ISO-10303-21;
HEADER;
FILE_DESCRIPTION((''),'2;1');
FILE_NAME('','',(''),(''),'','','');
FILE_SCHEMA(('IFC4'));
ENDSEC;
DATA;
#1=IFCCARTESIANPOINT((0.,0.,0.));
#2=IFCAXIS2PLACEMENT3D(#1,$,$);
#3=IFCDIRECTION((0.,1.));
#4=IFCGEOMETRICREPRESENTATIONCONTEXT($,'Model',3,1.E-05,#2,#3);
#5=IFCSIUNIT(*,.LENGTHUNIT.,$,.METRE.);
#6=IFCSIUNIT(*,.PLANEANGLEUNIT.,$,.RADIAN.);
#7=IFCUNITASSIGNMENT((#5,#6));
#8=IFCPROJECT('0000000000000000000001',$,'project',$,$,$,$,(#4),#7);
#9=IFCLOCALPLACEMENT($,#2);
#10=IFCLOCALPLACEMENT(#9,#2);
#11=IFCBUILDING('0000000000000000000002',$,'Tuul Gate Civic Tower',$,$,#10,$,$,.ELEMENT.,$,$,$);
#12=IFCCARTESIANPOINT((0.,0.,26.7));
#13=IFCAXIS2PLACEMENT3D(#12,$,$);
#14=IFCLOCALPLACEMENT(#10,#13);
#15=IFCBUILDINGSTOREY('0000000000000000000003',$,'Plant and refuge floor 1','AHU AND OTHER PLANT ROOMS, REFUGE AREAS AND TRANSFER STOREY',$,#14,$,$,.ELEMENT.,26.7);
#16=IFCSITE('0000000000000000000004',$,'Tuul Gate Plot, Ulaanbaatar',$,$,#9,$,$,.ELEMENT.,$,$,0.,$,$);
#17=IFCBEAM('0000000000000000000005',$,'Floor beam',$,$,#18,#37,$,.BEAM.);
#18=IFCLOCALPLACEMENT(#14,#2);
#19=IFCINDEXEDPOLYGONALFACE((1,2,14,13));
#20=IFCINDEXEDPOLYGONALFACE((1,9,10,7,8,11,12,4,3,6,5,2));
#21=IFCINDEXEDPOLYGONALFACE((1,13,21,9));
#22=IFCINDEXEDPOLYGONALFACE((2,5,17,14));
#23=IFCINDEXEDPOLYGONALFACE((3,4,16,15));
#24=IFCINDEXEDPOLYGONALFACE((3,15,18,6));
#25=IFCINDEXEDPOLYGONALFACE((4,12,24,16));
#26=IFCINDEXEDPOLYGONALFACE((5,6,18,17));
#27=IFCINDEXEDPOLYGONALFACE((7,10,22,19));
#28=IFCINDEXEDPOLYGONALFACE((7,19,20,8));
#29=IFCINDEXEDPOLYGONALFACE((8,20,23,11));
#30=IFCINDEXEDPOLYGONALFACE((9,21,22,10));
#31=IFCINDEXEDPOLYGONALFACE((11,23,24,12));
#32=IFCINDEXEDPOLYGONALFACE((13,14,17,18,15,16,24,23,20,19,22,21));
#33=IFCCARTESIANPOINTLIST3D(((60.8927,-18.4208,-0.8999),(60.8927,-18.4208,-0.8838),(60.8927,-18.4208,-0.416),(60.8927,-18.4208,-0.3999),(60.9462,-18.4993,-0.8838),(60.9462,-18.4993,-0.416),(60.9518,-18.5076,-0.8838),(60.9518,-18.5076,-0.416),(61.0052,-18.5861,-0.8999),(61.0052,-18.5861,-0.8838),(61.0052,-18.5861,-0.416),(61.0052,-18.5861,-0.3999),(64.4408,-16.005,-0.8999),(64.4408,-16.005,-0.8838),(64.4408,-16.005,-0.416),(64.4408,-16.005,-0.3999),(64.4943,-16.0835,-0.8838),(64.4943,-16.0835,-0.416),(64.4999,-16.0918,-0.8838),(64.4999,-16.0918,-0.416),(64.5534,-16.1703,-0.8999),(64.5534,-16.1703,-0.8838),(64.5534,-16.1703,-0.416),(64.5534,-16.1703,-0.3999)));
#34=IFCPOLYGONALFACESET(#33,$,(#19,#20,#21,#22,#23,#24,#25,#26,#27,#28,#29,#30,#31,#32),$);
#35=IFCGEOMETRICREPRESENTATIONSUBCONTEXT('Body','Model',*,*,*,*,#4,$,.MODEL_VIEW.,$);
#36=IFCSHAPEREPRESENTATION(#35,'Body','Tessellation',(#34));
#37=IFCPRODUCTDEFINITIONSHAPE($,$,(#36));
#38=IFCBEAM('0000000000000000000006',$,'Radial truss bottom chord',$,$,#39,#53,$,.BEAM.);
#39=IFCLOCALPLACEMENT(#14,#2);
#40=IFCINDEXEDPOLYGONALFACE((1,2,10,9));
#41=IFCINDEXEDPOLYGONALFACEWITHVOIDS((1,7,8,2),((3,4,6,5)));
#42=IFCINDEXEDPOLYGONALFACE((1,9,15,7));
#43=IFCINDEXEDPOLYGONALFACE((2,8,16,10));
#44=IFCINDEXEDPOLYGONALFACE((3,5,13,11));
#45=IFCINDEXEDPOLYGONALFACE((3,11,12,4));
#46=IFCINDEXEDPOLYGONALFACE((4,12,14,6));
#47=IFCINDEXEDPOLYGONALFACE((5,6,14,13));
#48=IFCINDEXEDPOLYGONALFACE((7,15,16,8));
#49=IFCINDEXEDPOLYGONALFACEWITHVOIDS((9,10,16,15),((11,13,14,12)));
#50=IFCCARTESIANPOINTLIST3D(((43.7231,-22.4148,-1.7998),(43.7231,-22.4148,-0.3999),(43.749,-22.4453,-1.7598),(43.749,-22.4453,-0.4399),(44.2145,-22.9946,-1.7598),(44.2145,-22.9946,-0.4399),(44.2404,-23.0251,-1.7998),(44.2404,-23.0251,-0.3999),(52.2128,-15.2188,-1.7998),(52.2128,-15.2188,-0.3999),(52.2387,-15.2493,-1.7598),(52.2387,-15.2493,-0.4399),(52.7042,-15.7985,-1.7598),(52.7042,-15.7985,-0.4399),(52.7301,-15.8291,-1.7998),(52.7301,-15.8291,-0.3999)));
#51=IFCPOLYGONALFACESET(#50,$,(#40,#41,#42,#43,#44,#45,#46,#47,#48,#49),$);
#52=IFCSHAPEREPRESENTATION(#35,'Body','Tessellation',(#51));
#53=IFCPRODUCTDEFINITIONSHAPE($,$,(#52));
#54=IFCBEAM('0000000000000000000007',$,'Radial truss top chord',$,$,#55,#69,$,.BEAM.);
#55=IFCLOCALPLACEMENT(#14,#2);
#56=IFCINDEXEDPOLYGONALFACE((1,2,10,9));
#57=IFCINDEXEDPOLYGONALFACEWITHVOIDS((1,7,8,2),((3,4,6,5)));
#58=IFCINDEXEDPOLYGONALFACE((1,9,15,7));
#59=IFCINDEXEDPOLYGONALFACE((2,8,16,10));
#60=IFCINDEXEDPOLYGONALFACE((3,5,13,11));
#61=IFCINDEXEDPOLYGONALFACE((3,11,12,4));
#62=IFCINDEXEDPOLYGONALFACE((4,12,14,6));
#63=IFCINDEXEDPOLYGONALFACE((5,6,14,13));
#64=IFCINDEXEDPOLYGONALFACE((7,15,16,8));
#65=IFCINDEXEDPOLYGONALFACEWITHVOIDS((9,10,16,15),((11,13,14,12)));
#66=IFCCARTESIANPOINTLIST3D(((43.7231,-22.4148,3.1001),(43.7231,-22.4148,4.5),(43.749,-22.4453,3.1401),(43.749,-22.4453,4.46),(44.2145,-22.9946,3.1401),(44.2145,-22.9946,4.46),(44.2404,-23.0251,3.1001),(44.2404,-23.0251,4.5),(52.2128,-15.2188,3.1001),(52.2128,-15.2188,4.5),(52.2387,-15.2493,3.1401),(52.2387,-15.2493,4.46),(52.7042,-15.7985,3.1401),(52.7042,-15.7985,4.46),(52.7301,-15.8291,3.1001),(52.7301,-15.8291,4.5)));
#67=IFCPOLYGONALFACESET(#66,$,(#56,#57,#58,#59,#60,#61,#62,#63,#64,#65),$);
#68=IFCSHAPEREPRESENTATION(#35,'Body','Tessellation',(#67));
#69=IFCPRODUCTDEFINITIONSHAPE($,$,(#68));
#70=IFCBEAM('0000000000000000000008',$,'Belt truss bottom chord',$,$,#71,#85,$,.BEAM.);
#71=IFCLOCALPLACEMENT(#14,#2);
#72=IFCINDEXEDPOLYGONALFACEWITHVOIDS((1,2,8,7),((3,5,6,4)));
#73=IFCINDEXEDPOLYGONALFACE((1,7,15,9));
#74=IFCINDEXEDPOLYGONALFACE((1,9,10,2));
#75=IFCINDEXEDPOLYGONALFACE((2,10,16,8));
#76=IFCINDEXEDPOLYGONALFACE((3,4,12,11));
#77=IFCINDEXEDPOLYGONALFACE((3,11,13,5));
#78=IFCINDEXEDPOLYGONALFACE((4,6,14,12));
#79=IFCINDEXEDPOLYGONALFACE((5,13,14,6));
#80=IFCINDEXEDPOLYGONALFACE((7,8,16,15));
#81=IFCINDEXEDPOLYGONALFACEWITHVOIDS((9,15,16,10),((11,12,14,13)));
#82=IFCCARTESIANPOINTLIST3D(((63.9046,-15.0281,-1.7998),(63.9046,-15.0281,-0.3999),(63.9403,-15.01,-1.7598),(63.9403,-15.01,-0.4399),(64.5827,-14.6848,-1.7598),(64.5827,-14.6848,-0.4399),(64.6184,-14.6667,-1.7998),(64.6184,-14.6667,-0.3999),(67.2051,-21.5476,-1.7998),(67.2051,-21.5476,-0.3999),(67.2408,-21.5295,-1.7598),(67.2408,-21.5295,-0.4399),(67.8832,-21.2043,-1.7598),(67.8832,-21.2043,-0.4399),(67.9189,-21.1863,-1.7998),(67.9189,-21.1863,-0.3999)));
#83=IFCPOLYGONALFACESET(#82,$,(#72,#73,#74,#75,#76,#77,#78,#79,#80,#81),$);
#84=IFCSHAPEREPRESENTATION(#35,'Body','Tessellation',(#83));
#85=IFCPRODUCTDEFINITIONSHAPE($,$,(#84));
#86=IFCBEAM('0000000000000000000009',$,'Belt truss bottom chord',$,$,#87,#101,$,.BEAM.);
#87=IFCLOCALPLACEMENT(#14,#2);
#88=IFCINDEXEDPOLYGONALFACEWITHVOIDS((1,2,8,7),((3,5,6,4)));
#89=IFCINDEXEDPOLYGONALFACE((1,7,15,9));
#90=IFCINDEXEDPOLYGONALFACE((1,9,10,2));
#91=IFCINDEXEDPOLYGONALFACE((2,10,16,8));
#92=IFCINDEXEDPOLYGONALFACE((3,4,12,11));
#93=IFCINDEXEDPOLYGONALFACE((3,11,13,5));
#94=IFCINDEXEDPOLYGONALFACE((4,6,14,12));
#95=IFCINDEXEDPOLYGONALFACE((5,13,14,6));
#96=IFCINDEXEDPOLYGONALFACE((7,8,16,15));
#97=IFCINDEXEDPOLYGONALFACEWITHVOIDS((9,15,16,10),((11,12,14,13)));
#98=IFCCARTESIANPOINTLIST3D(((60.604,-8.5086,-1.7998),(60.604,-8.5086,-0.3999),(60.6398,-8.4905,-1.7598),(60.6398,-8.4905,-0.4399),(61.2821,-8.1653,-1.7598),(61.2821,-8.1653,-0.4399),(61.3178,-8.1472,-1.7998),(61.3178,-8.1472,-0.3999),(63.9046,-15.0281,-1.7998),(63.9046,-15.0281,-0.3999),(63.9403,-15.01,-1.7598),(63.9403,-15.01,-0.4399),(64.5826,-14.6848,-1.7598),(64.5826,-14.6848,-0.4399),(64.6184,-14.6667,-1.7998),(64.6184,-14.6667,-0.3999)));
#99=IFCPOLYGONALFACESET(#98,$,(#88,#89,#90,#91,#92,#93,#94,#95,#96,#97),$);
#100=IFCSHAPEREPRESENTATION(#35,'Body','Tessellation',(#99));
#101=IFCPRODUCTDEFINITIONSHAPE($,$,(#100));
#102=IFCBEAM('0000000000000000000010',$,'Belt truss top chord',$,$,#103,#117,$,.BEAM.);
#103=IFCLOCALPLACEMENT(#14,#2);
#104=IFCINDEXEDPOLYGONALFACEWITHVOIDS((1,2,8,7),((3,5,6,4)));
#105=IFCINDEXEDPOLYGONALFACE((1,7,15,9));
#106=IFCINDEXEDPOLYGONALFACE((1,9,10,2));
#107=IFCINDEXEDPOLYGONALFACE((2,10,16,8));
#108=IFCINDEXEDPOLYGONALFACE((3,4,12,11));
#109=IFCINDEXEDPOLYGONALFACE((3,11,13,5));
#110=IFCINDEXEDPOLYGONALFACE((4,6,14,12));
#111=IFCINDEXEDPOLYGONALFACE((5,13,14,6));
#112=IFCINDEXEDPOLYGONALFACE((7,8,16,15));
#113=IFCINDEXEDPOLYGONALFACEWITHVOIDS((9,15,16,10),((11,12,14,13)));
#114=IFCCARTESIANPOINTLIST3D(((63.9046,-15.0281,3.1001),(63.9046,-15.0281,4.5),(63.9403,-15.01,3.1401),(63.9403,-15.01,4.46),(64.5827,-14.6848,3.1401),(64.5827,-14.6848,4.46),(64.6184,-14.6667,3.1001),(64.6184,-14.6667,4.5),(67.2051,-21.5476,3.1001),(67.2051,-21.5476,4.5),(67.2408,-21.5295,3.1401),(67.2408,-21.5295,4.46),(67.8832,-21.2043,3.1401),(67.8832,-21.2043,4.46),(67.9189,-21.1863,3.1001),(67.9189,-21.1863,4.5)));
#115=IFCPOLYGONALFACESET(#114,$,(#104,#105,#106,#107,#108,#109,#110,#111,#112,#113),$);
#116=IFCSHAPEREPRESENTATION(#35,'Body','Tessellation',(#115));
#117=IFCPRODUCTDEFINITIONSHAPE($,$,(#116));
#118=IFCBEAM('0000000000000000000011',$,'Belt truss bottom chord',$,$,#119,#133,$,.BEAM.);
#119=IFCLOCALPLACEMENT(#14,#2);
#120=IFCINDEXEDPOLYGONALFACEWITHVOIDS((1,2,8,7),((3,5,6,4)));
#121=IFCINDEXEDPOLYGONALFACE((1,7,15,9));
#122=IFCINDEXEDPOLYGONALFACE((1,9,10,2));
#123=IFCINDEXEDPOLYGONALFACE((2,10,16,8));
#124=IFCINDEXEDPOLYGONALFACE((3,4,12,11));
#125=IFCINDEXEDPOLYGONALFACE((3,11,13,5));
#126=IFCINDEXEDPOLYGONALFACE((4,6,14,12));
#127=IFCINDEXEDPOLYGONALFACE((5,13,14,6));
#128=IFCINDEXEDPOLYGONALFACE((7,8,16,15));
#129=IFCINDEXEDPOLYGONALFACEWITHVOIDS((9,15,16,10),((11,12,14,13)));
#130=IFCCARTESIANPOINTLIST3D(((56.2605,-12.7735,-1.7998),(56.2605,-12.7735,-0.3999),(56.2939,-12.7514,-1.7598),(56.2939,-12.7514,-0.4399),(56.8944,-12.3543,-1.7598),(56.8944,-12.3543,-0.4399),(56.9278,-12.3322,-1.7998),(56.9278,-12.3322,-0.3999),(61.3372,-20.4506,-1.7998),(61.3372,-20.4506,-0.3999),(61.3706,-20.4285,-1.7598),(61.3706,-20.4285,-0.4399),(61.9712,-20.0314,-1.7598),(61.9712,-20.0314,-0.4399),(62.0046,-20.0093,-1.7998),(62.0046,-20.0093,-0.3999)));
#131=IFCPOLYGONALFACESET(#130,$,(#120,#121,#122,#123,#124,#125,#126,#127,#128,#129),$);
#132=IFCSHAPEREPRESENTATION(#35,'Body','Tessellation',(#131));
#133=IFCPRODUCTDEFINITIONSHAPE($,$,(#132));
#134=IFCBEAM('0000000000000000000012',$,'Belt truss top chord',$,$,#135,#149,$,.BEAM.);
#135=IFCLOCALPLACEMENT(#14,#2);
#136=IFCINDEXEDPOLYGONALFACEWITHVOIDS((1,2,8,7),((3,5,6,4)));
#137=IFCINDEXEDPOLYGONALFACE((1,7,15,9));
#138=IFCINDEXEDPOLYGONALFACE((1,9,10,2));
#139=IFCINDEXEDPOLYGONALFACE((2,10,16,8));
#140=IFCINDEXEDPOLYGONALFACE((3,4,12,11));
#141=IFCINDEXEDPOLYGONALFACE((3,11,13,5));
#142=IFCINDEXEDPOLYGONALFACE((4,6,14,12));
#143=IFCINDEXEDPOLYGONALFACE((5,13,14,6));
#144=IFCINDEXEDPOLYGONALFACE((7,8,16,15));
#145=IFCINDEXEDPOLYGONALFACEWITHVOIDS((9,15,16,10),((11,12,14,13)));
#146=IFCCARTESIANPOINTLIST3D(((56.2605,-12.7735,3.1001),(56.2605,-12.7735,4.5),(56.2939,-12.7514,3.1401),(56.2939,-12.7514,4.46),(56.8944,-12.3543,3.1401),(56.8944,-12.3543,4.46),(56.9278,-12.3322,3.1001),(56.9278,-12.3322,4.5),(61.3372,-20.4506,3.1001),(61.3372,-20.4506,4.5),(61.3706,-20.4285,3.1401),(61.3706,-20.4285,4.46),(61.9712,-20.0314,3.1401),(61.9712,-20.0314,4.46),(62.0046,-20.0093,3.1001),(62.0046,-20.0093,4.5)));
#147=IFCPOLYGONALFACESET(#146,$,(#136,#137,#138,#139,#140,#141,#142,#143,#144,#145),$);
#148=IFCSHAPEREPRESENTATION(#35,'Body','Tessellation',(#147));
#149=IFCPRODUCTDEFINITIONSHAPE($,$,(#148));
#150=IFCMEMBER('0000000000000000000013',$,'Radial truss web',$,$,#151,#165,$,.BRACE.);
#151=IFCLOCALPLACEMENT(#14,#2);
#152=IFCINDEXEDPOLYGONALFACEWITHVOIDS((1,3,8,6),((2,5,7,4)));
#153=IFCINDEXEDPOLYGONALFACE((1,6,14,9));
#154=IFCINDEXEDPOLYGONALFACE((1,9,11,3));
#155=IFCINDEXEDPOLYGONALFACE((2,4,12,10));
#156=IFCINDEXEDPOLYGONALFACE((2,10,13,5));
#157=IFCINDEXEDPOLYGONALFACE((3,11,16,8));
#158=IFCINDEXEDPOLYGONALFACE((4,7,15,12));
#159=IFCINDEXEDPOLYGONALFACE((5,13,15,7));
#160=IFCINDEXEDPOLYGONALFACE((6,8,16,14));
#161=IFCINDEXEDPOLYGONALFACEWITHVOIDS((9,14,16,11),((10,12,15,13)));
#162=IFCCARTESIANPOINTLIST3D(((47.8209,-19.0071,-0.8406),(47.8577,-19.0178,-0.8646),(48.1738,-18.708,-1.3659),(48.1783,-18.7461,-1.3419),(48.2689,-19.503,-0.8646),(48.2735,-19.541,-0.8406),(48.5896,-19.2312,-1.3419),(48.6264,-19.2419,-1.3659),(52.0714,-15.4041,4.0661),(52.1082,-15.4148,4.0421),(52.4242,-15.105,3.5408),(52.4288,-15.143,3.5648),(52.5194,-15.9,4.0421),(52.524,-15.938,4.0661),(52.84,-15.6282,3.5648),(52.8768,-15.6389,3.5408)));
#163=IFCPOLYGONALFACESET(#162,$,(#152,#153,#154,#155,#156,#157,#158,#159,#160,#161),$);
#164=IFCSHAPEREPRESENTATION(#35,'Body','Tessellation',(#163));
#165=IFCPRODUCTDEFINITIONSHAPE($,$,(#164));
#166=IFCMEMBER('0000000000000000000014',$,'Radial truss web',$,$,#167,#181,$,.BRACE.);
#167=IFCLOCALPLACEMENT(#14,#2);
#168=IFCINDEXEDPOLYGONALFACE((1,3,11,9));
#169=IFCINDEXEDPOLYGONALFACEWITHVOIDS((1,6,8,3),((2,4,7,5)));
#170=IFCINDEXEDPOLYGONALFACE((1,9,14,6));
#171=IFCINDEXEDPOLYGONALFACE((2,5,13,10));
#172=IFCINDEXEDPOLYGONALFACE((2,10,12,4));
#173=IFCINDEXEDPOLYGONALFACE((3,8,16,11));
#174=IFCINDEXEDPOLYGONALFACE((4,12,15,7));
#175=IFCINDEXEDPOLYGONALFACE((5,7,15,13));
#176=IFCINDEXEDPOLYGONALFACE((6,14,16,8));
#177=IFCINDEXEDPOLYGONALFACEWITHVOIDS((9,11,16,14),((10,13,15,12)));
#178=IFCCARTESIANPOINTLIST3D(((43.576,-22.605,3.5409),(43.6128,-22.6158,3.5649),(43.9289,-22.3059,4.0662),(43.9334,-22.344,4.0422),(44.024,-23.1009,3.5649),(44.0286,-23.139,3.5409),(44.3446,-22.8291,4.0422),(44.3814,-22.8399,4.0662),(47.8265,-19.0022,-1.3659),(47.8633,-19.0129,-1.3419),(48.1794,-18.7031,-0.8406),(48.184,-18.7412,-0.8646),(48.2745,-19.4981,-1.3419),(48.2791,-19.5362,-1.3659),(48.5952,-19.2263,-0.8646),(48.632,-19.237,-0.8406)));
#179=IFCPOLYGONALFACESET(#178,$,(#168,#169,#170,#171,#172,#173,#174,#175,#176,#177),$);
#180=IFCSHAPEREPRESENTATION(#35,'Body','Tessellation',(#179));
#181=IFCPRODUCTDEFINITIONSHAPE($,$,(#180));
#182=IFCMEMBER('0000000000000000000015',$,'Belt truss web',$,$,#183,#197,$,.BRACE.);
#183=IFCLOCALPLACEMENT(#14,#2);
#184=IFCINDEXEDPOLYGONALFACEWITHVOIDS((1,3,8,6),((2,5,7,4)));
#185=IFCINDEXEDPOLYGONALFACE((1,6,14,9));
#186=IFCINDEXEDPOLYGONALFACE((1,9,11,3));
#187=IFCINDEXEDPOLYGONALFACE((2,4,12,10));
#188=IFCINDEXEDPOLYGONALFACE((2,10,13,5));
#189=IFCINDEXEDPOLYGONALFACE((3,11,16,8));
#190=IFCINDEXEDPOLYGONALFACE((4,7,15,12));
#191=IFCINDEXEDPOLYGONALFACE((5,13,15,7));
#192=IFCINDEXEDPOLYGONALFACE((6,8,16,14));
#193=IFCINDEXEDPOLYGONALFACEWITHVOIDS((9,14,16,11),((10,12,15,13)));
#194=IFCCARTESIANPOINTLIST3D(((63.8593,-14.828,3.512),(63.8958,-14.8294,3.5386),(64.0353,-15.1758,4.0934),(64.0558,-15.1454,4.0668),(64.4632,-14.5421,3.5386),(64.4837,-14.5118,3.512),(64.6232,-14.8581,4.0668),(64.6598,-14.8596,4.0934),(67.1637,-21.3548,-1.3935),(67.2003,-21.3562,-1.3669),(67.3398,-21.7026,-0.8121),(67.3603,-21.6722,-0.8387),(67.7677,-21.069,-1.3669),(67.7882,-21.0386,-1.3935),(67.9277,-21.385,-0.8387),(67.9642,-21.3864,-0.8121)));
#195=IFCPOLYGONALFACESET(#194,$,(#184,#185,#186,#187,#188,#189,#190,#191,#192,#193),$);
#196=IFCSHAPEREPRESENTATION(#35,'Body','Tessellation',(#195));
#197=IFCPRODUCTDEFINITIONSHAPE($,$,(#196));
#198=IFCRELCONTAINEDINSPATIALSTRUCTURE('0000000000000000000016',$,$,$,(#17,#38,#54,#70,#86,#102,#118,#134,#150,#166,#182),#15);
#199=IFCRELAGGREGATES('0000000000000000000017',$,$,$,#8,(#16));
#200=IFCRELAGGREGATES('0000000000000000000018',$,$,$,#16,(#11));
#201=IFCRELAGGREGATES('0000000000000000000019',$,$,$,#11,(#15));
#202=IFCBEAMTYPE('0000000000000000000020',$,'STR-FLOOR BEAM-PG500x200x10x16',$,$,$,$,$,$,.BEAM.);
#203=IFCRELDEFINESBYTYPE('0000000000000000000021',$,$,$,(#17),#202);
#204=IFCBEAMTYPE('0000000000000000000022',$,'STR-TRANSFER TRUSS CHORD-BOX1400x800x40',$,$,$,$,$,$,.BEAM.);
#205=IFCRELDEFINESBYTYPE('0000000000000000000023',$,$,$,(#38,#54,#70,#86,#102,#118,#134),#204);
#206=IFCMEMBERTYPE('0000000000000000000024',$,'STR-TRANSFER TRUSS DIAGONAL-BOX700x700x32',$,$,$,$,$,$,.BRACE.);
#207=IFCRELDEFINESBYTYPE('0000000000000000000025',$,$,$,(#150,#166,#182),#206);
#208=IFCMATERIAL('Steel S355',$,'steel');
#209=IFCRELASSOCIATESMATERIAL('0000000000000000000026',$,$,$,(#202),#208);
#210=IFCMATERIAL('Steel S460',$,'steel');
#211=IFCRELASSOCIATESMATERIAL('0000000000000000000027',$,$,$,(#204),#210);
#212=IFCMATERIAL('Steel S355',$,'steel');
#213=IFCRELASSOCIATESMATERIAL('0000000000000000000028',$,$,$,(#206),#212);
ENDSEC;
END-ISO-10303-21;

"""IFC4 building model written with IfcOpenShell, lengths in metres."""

from ifc_helpers import new_model, si_unit, direction, frame, origin, origin_2d, place, context, subcontext, project, spatial, hollow_rectangle, i_section, extrude, material, material_profile, profile_set, type_object, element, save


model = new_model("IFC4")

# Units and contexts
model_context = context("Model", 3, precision=1e-05, world=origin(), true_north=direction((0.0, 1.0)))
body_context = subcontext(model_context, "Body", "Model", "MODEL_VIEW")
ifc_project = project(units=[si_unit("LENGTHUNIT", "METRE"), si_unit("PLANEANGLEUNIT", "RADIAN")], contexts=[model_context])

# Site, building, storey
site_placement = place(None, origin())
site = spatial("IfcSite", under=ifc_project, at=site_placement, Name="Tuul Gate Plot, Ulaanbaatar", CompositionType="ELEMENT", RefElevation=0.0)
building_placement = place(site_placement, origin())
building = spatial("IfcBuilding", under=site, at=building_placement, Name="Tuul Gate Civic Tower", CompositionType="ELEMENT")
storey_placement = place(building_placement, frame((0.0, 0.0, 26.7)))
storey = spatial("IfcBuildingStorey", under=building, at=storey_placement, Name="Plant and refuge floor 1", Description="AHU AND OTHER PLANT ROOMS, REFUGE AREAS AND TRANSFER STOREY", CompositionType="ELEMENT", Elevation=26.7)

# Beams
ifc_material_1 = material(Name="Steel S355", Category="steel")
ifc_material_profile_1 = material_profile(ifc_material_1, i_section(OverallWidth=0.2, OverallDepth=0.5, WebThickness=0.01, FlangeThickness=0.0161, at=origin_2d()), Name="PG500x200x10x16")
ifc_profile_set_1 = profile_set([ifc_material_profile_1], Name="Steel S355")
beam_type_1 = type_object("IfcBeamType", Name="STR-FLOOR BEAM-PG500x200x10x16", PredefinedType="BEAM", material=ifc_profile_set_1)
beam_placement = place(storey_placement, frame((60.949, -18.5034, -0.6499), z_axis=(0.826594, 0.562798, 0.0), x_axis=(-0.562798, 0.826594, 0.0)))
element("IfcBeam", 1, at=beam_placement, inside=storey, type_object=beam_type_1, Name="Floor beam", PredefinedType="BEAM", context=body_context, shape_type="SweptSolid", body=[
    extrude(i_section(OverallWidth=0.2, OverallDepth=0.5, WebThickness=0.01, FlangeThickness=0.0161, at=origin_2d()), origin(), (0.0, 0.0, 1.0), 4.2925),
])
ifc_material_2 = material(Name="Steel S460", Category="steel")
ifc_material_profile_2 = material_profile(ifc_material_2, hollow_rectangle(XDim=0.8, YDim=1.3999, WallThickness=0.04, at=origin_2d()), Name="BOX1400x800x40")
ifc_profile_set_2 = profile_set([ifc_material_profile_2], Name="Steel S460")
beam_type_2 = type_object("IfcBeamType", Name="STR-TRANSFER TRUSS CHORD-BOX1400x800x40", PredefinedType="BEAM", material=ifc_profile_set_2)
for number, where, z_axis, x_axis, name in (
    (2, (52.4714, -15.5239, -1.0999), (-0.762836, -0.646592, 0.0), (0.646592, -0.762836, 0.0), "Radial truss bottom chord"),
    (3, (52.4714, -15.5239, 3.8), (-0.762836, -0.646592, 0.0), (0.646592, -0.762836, 0.0), "Radial truss top chord"),
):
    element("IfcBeam", number, at=place(storey_placement, frame(where, z_axis=z_axis, x_axis=x_axis)), inside=storey, type_object=beam_type_2, Name=name, PredefinedType="BEAM", context=body_context, shape_type="SweptSolid", body=[
        extrude(hollow_rectangle(XDim=0.8, YDim=1.3999, WallThickness=0.04, at=origin_2d()), origin(), (0.0, 0.0, 1.0), 11.1292),
    ])
for number, where, z_axis, x_axis, name in (
    (4, (67.562, -21.3669, -1.0999), (-0.451672, 0.892184, 0.0), (-0.892184, -0.451672, 0.0), "Belt truss bottom chord"),
    (5, (64.2615, -14.8474, -1.0999), (-0.451672, 0.892184, 0.0), (-0.892184, -0.451672, 0.0), "Belt truss bottom chord"),
    (6, (67.562, -21.3669, 3.8), (-0.451672, 0.892184, 0.0), (-0.892184, -0.451672, 0.0), "Belt truss top chord"),
):
    element("IfcBeam", number, at=place(storey_placement, frame(where, z_axis=z_axis, x_axis=x_axis)), inside=storey, type_object=beam_type_2, Name=name, PredefinedType="BEAM", context=body_context, shape_type="SweptSolid", body=[
        extrude(hollow_rectangle(XDim=0.8, YDim=1.3999, WallThickness=0.04, at=origin_2d()), origin(), (0.0, 0.0, 1.0), 7.3074),
    ])
for number, where, z_axis, x_axis, name in (
    (7, (61.6709, -20.23, -1.0999), (-0.551587, 0.834118, 0.0), (-0.834118, -0.551587, 0.0), "Belt truss bottom chord"),
    (8, (61.6709, -20.23, 3.8), (-0.551587, 0.834118, 0.0), (-0.834118, -0.551587, 0.0), "Belt truss top chord"),
):
    element("IfcBeam", number, at=place(storey_placement, frame(where, z_axis=z_axis, x_axis=x_axis)), inside=storey, type_object=beam_type_2, Name=name, PredefinedType="BEAM", context=body_context, shape_type="SweptSolid", body=[
        extrude(hollow_rectangle(XDim=0.8, YDim=1.3999, WallThickness=0.04, at=origin_2d()), origin(), (0.0, 0.0, 1.0), 9.2039),
    ])

# Members
ifc_material_3 = material(Name="Steel S355", Category="steel")
ifc_material_profile_3 = material_profile(ifc_material_3, hollow_rectangle(XDim=0.7, YDim=0.7, WallThickness=0.032, at=origin_2d()), Name="BOX700x700x32")
ifc_profile_set_3 = profile_set([ifc_material_profile_3], Name="Steel S355")
member_type_1 = type_object("IfcMemberType", Name="STR-TRANSFER TRUSS DIAGONAL-BOX700x700x32", PredefinedType="BRACE", material=ifc_profile_set_3)
for number, where, z_axis, x_axis, name in (
    (9, (48.2236, -19.1245, -1.1033), (0.572488, 0.485283, 0.660877), (-0.646618, 0.762814, 0.0), "Radial truss web"),
    (10, (48.2292, -19.1196, -1.1033), (-0.572497, -0.485258, 0.660887), (0.646592, -0.762836, 0.0), "Radial truss web"),
):
    element("IfcMember", number, at=place(storey_placement, frame(where, z_axis=z_axis, x_axis=x_axis)), inside=storey, type_object=member_type_1, Name=name, PredefinedType="BRACE", context=body_context, shape_type="SweptSolid", body=[
        extrude(hollow_rectangle(XDim=0.7, YDim=0.7, WallThickness=0.032, at=origin_2d()), origin(), (0.0, 0.0, 1.0), 7.4246),
    ])
member_1_placement = place(storey_placement, frame((67.564, -21.3706, -1.1028), z_axis=(-0.375158, 0.741003, 0.55693), x_axis=(-0.892173, -0.451693, 0.0)))
element("IfcMember", 11, at=member_1_placement, inside=storey, type_object=member_type_1, Name="Belt truss web", PredefinedType="BRACE", context=body_context, shape_type="SweptSolid", body=[
    extrude(hollow_rectangle(XDim=0.7, YDim=0.7, WallThickness=0.032, at=origin_2d()), origin(), (0.0, 0.0, 1.0), 8.8081),
])

save(model, "model.ifc")
